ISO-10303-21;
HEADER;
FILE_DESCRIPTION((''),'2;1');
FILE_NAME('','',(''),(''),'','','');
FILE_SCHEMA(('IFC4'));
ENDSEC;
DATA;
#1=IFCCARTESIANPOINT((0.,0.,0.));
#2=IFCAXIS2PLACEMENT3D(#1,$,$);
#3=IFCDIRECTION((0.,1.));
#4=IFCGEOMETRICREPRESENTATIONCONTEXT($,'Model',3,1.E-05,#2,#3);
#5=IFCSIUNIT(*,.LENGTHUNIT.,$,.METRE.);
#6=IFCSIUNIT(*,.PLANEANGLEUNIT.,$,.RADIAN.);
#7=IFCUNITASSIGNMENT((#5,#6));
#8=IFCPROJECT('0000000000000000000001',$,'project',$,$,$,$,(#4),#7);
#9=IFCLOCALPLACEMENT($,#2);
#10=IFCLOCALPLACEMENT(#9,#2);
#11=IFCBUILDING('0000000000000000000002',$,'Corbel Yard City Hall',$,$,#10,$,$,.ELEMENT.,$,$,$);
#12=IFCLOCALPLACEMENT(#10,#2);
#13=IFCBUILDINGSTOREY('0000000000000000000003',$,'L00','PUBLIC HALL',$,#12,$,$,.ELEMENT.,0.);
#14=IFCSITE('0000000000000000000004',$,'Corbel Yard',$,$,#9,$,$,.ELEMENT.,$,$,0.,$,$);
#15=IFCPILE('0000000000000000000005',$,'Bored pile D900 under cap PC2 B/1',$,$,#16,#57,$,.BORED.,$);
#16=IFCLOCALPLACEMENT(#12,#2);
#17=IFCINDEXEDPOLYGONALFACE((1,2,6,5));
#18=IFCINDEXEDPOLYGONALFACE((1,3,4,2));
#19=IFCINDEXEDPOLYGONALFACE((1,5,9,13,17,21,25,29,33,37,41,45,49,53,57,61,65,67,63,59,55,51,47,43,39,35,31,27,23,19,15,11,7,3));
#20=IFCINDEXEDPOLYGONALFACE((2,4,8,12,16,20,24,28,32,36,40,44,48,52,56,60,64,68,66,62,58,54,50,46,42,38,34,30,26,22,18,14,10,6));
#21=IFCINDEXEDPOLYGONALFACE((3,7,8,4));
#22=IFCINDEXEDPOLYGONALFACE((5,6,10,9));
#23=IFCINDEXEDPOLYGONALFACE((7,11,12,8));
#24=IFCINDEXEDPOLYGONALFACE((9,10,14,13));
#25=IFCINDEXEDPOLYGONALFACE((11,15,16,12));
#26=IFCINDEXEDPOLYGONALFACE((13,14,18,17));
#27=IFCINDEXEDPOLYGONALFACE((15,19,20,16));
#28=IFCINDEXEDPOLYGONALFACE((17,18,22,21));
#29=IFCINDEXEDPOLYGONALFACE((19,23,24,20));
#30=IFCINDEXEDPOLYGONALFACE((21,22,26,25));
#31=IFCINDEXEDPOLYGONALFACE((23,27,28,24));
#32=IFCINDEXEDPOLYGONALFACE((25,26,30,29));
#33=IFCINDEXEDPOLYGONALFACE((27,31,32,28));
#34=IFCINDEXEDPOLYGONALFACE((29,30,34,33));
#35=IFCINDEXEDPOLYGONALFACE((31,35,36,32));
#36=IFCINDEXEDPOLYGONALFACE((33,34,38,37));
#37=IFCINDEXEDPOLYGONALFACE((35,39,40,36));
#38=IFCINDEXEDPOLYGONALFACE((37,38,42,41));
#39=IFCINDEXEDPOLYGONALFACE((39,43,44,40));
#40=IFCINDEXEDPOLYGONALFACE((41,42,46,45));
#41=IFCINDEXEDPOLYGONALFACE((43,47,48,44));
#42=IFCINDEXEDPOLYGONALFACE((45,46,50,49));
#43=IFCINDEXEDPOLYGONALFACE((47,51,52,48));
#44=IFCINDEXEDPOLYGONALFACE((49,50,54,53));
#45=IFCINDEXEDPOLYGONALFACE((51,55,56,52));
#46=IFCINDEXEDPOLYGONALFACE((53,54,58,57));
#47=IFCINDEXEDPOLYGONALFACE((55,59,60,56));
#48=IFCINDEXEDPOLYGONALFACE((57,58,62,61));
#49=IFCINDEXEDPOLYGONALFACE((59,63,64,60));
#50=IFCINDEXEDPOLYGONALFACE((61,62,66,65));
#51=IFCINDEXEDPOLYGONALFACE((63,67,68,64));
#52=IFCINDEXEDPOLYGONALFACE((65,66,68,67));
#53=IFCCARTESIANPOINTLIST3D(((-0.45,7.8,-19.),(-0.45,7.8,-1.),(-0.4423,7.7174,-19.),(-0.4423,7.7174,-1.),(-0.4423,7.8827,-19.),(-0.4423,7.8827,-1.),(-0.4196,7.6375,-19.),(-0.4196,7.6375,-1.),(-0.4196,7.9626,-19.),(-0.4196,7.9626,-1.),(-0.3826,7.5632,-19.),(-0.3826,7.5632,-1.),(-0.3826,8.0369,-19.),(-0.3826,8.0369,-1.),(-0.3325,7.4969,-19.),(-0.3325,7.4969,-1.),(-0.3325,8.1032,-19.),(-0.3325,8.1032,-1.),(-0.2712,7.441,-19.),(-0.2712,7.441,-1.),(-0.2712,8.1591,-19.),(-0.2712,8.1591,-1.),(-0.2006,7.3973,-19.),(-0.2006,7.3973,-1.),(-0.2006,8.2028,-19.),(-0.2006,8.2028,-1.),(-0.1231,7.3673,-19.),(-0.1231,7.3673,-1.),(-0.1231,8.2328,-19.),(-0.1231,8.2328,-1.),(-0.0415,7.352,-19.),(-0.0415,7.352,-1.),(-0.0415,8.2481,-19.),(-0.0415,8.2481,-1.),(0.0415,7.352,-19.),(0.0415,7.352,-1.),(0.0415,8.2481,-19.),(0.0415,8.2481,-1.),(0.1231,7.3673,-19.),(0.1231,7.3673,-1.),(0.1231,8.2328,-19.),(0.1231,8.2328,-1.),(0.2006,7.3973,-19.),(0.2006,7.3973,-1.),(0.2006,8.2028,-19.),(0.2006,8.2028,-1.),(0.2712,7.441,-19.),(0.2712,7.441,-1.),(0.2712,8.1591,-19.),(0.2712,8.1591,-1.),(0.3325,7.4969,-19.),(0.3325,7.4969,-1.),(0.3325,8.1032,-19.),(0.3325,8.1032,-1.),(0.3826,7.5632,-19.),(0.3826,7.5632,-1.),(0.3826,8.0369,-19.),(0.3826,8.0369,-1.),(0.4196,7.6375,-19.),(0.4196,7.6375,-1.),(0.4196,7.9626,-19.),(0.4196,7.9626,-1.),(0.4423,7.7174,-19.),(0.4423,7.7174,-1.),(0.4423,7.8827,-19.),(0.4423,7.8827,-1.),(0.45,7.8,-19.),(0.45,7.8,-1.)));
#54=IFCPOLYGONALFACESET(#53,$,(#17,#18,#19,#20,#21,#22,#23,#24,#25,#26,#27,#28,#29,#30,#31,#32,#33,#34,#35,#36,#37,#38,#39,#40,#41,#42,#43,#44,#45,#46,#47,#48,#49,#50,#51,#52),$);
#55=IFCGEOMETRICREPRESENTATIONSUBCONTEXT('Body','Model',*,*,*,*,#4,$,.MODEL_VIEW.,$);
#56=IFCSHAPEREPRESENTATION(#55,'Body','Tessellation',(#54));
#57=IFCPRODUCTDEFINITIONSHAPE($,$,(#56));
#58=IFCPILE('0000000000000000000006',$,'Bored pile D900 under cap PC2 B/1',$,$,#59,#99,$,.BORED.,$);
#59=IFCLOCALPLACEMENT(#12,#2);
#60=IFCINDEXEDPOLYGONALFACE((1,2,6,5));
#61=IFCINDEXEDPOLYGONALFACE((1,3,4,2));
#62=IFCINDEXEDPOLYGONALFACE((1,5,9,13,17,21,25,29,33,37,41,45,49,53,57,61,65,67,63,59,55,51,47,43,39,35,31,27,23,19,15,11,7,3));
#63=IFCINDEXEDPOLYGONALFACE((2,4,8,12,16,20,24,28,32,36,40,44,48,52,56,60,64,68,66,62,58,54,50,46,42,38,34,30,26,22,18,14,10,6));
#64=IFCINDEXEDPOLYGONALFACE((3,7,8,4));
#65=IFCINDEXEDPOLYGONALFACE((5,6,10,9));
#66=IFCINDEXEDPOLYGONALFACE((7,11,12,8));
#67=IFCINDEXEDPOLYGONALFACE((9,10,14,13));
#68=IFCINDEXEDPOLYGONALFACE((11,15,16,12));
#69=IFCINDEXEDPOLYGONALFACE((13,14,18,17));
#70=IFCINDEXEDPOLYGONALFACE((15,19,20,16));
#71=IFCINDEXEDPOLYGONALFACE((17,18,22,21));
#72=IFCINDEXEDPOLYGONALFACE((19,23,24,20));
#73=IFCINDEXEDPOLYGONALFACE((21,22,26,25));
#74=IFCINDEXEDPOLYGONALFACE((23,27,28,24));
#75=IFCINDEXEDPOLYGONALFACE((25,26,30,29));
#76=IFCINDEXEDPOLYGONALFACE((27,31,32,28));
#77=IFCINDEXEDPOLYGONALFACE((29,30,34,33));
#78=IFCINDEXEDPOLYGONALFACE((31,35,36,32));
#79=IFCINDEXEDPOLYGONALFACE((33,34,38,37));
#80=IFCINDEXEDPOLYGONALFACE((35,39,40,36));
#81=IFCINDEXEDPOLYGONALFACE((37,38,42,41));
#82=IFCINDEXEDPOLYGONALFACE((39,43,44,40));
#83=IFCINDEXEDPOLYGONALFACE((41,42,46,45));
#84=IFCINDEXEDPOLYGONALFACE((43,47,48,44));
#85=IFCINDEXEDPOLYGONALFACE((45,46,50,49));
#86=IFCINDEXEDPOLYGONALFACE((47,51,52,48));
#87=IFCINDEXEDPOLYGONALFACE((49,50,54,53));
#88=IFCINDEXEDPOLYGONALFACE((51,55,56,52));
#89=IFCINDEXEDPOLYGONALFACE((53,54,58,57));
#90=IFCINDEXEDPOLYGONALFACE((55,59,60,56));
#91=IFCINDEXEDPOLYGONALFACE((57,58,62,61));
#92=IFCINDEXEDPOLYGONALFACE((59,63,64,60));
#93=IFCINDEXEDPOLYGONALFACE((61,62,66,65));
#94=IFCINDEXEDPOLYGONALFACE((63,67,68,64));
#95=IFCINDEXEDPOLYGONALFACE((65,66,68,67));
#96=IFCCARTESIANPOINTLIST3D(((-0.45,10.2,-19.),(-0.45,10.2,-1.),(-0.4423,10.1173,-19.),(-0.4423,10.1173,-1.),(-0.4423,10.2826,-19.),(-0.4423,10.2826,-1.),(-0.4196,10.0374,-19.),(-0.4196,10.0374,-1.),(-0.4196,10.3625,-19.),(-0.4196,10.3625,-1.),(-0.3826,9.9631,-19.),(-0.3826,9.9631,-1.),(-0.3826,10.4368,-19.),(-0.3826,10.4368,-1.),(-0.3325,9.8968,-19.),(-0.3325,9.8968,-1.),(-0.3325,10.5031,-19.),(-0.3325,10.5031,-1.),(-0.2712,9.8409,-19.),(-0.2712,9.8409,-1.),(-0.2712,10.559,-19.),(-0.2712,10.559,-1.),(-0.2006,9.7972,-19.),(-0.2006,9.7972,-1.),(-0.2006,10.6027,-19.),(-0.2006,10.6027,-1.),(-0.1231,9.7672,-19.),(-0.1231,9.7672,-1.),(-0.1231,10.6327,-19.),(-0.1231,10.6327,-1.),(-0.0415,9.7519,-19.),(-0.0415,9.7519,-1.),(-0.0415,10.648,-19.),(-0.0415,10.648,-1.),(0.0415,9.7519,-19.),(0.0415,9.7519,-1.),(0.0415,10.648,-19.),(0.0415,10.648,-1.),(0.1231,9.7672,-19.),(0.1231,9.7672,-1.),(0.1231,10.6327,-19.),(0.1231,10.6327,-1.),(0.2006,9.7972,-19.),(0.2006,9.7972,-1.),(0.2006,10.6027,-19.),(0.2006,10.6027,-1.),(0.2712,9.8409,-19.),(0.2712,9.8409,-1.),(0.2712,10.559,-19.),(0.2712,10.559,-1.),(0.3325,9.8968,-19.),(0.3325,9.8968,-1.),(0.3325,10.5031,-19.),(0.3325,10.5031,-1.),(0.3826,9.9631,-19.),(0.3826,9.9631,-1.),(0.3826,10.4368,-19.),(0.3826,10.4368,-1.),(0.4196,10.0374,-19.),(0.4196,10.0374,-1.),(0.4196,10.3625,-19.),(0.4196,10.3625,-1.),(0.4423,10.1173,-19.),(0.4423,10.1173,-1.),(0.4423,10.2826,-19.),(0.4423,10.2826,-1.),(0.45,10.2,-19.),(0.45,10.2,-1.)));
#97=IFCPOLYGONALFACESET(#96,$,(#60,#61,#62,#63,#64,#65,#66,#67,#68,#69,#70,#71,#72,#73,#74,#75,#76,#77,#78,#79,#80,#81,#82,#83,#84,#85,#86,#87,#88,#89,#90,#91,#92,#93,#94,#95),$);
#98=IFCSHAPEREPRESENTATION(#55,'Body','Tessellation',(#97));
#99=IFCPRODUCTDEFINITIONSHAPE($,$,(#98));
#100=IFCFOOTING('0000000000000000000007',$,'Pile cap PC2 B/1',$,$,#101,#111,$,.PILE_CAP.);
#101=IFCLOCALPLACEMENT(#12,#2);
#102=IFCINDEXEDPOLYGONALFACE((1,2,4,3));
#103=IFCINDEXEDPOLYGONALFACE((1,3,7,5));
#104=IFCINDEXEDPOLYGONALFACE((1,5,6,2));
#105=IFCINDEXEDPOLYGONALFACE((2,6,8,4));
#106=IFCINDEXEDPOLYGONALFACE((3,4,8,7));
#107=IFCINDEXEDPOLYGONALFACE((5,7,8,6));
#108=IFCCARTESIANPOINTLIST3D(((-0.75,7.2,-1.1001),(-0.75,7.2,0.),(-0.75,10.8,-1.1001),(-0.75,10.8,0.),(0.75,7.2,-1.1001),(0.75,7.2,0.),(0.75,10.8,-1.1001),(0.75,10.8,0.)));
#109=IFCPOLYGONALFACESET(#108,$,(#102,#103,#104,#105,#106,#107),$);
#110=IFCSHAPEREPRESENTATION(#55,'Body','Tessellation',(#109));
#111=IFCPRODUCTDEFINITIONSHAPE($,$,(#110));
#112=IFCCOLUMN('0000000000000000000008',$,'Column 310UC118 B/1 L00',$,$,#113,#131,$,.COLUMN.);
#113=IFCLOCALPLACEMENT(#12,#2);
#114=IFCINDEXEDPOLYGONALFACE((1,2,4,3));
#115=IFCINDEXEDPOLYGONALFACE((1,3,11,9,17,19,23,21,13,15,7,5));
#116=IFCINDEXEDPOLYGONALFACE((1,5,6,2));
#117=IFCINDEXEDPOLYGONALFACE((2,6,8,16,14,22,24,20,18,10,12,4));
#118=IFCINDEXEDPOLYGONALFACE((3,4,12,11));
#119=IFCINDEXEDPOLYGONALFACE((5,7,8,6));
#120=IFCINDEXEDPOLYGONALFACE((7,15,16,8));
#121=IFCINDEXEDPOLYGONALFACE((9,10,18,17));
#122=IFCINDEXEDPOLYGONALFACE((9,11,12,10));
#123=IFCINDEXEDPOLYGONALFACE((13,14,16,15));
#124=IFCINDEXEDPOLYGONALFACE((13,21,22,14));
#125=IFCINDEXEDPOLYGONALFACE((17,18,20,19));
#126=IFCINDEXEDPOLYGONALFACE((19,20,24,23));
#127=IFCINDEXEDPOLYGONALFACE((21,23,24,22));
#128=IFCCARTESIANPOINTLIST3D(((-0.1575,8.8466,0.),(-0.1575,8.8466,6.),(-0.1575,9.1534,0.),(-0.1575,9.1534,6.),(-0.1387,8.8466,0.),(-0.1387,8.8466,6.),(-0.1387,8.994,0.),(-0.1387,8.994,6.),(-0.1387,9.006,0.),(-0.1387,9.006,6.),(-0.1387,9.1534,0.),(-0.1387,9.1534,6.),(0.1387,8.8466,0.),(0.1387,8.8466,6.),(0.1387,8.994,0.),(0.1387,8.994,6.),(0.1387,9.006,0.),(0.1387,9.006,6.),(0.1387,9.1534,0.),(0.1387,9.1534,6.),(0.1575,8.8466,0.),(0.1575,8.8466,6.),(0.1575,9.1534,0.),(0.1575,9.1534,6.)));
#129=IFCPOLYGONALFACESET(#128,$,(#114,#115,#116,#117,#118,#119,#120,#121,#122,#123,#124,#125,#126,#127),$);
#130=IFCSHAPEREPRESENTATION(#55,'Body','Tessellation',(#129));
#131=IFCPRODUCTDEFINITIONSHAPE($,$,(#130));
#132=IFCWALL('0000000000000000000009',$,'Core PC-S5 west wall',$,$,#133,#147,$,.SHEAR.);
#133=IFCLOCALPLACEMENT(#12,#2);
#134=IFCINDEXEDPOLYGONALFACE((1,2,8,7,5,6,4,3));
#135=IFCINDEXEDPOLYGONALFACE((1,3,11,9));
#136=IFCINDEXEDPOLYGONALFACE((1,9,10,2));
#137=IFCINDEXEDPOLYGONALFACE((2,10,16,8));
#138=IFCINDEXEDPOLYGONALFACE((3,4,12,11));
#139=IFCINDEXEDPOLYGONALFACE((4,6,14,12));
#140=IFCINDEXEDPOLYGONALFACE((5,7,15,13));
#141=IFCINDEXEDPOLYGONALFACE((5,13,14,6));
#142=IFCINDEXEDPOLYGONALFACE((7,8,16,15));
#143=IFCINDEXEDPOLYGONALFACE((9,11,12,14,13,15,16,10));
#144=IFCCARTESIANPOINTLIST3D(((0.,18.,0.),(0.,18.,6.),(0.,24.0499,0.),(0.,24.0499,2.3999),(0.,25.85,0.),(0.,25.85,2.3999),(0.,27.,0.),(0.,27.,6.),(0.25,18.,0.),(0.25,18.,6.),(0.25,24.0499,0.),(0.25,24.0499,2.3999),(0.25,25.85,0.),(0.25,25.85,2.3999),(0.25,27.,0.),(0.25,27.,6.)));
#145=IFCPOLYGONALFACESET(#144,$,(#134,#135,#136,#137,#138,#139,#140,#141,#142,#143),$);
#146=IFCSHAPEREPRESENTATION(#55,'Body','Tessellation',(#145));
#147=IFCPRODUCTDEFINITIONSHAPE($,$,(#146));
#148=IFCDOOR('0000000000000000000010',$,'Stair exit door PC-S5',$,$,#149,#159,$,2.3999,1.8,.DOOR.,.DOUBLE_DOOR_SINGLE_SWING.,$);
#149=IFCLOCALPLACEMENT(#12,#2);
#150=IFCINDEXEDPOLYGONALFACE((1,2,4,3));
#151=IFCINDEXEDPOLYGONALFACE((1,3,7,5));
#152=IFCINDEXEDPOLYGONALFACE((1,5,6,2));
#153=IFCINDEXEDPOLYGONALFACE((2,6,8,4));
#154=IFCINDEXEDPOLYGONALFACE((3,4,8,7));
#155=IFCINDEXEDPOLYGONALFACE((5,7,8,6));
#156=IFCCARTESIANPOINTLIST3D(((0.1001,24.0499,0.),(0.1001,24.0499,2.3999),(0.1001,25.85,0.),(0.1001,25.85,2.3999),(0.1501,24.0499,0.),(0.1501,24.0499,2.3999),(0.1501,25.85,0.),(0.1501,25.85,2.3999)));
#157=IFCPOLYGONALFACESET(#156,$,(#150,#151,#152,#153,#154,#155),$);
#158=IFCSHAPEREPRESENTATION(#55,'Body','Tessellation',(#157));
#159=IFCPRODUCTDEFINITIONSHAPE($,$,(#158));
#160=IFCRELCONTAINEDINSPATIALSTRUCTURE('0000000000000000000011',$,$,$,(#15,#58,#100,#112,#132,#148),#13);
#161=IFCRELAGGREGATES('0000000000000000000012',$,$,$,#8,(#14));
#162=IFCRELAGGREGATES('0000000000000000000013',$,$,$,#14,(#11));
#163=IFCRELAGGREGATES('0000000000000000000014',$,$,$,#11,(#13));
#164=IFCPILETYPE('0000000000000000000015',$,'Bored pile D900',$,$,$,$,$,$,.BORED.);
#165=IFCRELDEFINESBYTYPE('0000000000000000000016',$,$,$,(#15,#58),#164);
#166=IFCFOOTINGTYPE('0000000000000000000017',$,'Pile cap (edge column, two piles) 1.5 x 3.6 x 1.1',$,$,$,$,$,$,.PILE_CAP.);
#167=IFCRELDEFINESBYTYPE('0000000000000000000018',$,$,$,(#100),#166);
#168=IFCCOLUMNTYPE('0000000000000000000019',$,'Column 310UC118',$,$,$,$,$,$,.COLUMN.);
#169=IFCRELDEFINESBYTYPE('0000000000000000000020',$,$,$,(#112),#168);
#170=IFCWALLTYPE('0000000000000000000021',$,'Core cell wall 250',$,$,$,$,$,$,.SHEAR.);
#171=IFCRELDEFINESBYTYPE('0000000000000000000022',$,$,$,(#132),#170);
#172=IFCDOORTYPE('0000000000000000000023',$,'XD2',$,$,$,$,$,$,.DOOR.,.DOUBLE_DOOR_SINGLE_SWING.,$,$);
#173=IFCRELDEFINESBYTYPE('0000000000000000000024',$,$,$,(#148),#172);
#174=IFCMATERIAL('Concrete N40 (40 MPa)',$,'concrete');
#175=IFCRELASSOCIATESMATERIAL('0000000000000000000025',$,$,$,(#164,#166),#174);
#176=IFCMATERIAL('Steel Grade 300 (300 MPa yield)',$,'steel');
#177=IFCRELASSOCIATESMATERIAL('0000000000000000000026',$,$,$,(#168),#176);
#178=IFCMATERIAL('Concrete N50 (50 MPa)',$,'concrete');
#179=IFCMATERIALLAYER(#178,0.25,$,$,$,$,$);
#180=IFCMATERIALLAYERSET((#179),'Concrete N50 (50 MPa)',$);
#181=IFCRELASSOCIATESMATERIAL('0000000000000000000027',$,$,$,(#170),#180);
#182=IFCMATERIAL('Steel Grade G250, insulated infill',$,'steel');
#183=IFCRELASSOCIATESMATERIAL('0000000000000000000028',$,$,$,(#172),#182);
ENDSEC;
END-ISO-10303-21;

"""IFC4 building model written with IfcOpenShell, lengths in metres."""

from ifc_helpers import new_model, si_unit, direction, frame, frame_2d, origin, origin_2d, place, context, subcontext, project, spatial, rectangle, circle, i_section, extrude, material, layer, layer_set, material_profile, profile_set, type_object, element, fill, save


model = new_model("IFC4")

# Units and contexts
model_context = context("Model", 3, precision=1e-05, world=origin(), true_north=direction((0.0, 1.0)))
body_context = subcontext(model_context, "Body", "Model", "MODEL_VIEW")
ifc_project = project(units=[si_unit("LENGTHUNIT", "METRE"), si_unit("PLANEANGLEUNIT", "RADIAN")], contexts=[model_context])

# Site, building, storey
site_placement = place(None, origin())
site = spatial("IfcSite", under=ifc_project, at=site_placement, Name="Corbel Yard", CompositionType="ELEMENT", RefElevation=0.0)
building_placement = place(site_placement, origin())
building = spatial("IfcBuilding", under=site, at=building_placement, Name="Corbel Yard City Hall", CompositionType="ELEMENT")
storey_placement = place(building_placement, origin())
storey = spatial("IfcBuildingStorey", under=building, at=storey_placement, Name="L00", Description="PUBLIC HALL", CompositionType="ELEMENT", Elevation=0.0)

# Piles
ifc_material_1 = material(Name="Concrete N40 (40 MPa)", Category="concrete")
ifc_material_profile_1 = material_profile(ifc_material_1, circle(Radius=0.45, at=origin_2d()), Name="D900")
ifc_profile_set_1 = profile_set([ifc_material_profile_1], Name="Concrete N40 (40 MPa)")
pile_type_1 = type_object("IfcPileType", Name="Bored pile D900", PredefinedType="BORED", material=ifc_profile_set_1)
for number, where, z_axis, x_axis, name in (
    (1, (0.0, 7.8, -1.0), (0.0, 0.0, -1.0), (1.0, 0.0, 0.0), "Bored pile D900 under cap PC2 B/1"),
    (2, (0.0, 10.2, -1.0), (0.0, 0.0, -1.0), (1.0, 0.0, 0.0), "Bored pile D900 under cap PC2 B/1"),
):
    element("IfcPile", number, at=place(storey_placement, frame(where, z_axis=z_axis, x_axis=x_axis)), inside=storey, type_object=pile_type_1, Name=name, PredefinedType="BORED", context=body_context, shape_type="SweptSolid", body=[
        extrude(circle(Radius=0.45, at=origin_2d()), origin(), (0.0, 0.0, 1.0), 18.0),
    ])

# Footing
footing_type = type_object("IfcFootingType", Name="Pile cap (edge column, two piles) 1.5 x 3.6 x 1.1", PredefinedType="PILE_CAP", material=ifc_material_1)
footing_placement = place(storey_placement, frame((0.0, 9.0, -1.1001), z_axis=(0.0, 0.0, 1.0), x_axis=(1.0, 0.0, 0.0)))
element("IfcFooting", 3, at=footing_placement, inside=storey, type_object=footing_type, Name="Pile cap PC2 B/1", PredefinedType="PILE_CAP", context=body_context, shape_type="SweptSolid", body=[
    extrude(rectangle(XDim=1.5, YDim=3.6001, at=origin_2d()), origin(), (0.0, 0.0, 1.0), 1.1001),
])

# Column
ifc_material_2 = material(Name="Steel Grade 300 (300 MPa yield)", Category="steel")
ifc_material_profile_2 = material_profile(ifc_material_2, i_section(OverallWidth=0.3069, OverallDepth=0.3149, WebThickness=0.012, FlangeThickness=0.0188, at=origin_2d()), Name="310UC118")
ifc_profile_set_2 = profile_set([ifc_material_profile_2], Name="Steel Grade 300 (300 MPa yield)")
column_type = type_object("IfcColumnType", Name="Column 310UC118", PredefinedType="COLUMN", material=ifc_profile_set_2)
column_placement = place(storey_placement, frame((0.0, 9.0, 0.0), z_axis=(0.0, 0.0, 1.0), x_axis=(0.0, 1.0, 0.0)))
element("IfcColumn", 4, at=column_placement, inside=storey, type_object=column_type, Name="Column 310UC118 B/1 L00", PredefinedType="COLUMN", context=body_context, shape_type="SweptSolid", body=[
    extrude(i_section(OverallWidth=0.3069, OverallDepth=0.3149, WebThickness=0.012, FlangeThickness=0.0188, at=origin_2d()), origin(), (0.0, 0.0, 1.0), 6.0),
])

# Wall, opening, door
ifc_material_3 = material(Name="Concrete N50 (50 MPa)", Category="concrete")
ifc_layer_1 = layer(ifc_material_3, 0.25)
ifc_layer_set_1 = layer_set([ifc_layer_1], Name="Concrete N50 (50 MPa)")
wall_type_1 = type_object("IfcWallType", Name="Core cell wall 250", PredefinedType="SHEAR", material=ifc_layer_set_1)
wall_1_placement = place(storey_placement, frame((0.125, 18.0, 0.0), z_axis=(0.0, 0.0, 1.0), x_axis=(0.0, 1.0, 0.0)))
wall_1 = element("IfcWall", 5, at=wall_1_placement, inside=storey, type_object=wall_type_1, Name="Core PC-S5 west wall", PredefinedType="SHEAR", context=body_context, shape_type="SweptSolid", body=[
    extrude(rectangle(XDim=9.0, YDim=0.25, at=frame_2d((4.5, 0.0))), origin(), (0.0, 0.0, 1.0), 6.0),
])
opening_1_placement = place(wall_1_placement, frame((6.05, 0.0, 0.0)))
opening_1 = element("IfcOpeningElement", 6, at=opening_1_placement, cuts=wall_1, PredefinedType="OPENING", context=body_context, shape_type="SweptSolid", body=[
    extrude(rectangle(XDim=1.8, YDim=2.3999, at=frame_2d((0.8999, 1.2))), frame((0.0, 0.135, 0.0), z_axis=(0.0, -1.0, 0.0), x_axis=(1.0, 0.0, 0.0)), (0.0, 0.0, 1.0), 0.27),
])
ifc_material_4 = material(Name="Steel Grade G250, insulated infill", Category="steel")
door_type_1 = type_object("IfcDoorType", Name="XD2", OperationType="DOUBLE_DOOR_SINGLE_SWING", PredefinedType="DOOR", material=ifc_material_4)
door_1_placement = place(opening_1_placement, origin())
door_1 = element("IfcDoor", 7, at=door_1_placement, inside=storey, type_object=door_type_1, Name="Stair exit door PC-S5", OperationType="DOUBLE_DOOR_SINGLE_SWING", OverallHeight=2.3999, OverallWidth=1.8, PredefinedType="DOOR", context=body_context, shape_type="SweptSolid", body=[
    extrude(rectangle(XDim=1.8, YDim=2.3999, at=frame_2d((0.8999, 1.2))), frame((0.0, 0.0249, 0.0), z_axis=(0.0, -1.0, 0.0), x_axis=(1.0, 0.0, 0.0)), (0.0, 0.0, 1.0), 0.05),
])
fill(opening_1, door_1)

save(model, "model.ifc")
